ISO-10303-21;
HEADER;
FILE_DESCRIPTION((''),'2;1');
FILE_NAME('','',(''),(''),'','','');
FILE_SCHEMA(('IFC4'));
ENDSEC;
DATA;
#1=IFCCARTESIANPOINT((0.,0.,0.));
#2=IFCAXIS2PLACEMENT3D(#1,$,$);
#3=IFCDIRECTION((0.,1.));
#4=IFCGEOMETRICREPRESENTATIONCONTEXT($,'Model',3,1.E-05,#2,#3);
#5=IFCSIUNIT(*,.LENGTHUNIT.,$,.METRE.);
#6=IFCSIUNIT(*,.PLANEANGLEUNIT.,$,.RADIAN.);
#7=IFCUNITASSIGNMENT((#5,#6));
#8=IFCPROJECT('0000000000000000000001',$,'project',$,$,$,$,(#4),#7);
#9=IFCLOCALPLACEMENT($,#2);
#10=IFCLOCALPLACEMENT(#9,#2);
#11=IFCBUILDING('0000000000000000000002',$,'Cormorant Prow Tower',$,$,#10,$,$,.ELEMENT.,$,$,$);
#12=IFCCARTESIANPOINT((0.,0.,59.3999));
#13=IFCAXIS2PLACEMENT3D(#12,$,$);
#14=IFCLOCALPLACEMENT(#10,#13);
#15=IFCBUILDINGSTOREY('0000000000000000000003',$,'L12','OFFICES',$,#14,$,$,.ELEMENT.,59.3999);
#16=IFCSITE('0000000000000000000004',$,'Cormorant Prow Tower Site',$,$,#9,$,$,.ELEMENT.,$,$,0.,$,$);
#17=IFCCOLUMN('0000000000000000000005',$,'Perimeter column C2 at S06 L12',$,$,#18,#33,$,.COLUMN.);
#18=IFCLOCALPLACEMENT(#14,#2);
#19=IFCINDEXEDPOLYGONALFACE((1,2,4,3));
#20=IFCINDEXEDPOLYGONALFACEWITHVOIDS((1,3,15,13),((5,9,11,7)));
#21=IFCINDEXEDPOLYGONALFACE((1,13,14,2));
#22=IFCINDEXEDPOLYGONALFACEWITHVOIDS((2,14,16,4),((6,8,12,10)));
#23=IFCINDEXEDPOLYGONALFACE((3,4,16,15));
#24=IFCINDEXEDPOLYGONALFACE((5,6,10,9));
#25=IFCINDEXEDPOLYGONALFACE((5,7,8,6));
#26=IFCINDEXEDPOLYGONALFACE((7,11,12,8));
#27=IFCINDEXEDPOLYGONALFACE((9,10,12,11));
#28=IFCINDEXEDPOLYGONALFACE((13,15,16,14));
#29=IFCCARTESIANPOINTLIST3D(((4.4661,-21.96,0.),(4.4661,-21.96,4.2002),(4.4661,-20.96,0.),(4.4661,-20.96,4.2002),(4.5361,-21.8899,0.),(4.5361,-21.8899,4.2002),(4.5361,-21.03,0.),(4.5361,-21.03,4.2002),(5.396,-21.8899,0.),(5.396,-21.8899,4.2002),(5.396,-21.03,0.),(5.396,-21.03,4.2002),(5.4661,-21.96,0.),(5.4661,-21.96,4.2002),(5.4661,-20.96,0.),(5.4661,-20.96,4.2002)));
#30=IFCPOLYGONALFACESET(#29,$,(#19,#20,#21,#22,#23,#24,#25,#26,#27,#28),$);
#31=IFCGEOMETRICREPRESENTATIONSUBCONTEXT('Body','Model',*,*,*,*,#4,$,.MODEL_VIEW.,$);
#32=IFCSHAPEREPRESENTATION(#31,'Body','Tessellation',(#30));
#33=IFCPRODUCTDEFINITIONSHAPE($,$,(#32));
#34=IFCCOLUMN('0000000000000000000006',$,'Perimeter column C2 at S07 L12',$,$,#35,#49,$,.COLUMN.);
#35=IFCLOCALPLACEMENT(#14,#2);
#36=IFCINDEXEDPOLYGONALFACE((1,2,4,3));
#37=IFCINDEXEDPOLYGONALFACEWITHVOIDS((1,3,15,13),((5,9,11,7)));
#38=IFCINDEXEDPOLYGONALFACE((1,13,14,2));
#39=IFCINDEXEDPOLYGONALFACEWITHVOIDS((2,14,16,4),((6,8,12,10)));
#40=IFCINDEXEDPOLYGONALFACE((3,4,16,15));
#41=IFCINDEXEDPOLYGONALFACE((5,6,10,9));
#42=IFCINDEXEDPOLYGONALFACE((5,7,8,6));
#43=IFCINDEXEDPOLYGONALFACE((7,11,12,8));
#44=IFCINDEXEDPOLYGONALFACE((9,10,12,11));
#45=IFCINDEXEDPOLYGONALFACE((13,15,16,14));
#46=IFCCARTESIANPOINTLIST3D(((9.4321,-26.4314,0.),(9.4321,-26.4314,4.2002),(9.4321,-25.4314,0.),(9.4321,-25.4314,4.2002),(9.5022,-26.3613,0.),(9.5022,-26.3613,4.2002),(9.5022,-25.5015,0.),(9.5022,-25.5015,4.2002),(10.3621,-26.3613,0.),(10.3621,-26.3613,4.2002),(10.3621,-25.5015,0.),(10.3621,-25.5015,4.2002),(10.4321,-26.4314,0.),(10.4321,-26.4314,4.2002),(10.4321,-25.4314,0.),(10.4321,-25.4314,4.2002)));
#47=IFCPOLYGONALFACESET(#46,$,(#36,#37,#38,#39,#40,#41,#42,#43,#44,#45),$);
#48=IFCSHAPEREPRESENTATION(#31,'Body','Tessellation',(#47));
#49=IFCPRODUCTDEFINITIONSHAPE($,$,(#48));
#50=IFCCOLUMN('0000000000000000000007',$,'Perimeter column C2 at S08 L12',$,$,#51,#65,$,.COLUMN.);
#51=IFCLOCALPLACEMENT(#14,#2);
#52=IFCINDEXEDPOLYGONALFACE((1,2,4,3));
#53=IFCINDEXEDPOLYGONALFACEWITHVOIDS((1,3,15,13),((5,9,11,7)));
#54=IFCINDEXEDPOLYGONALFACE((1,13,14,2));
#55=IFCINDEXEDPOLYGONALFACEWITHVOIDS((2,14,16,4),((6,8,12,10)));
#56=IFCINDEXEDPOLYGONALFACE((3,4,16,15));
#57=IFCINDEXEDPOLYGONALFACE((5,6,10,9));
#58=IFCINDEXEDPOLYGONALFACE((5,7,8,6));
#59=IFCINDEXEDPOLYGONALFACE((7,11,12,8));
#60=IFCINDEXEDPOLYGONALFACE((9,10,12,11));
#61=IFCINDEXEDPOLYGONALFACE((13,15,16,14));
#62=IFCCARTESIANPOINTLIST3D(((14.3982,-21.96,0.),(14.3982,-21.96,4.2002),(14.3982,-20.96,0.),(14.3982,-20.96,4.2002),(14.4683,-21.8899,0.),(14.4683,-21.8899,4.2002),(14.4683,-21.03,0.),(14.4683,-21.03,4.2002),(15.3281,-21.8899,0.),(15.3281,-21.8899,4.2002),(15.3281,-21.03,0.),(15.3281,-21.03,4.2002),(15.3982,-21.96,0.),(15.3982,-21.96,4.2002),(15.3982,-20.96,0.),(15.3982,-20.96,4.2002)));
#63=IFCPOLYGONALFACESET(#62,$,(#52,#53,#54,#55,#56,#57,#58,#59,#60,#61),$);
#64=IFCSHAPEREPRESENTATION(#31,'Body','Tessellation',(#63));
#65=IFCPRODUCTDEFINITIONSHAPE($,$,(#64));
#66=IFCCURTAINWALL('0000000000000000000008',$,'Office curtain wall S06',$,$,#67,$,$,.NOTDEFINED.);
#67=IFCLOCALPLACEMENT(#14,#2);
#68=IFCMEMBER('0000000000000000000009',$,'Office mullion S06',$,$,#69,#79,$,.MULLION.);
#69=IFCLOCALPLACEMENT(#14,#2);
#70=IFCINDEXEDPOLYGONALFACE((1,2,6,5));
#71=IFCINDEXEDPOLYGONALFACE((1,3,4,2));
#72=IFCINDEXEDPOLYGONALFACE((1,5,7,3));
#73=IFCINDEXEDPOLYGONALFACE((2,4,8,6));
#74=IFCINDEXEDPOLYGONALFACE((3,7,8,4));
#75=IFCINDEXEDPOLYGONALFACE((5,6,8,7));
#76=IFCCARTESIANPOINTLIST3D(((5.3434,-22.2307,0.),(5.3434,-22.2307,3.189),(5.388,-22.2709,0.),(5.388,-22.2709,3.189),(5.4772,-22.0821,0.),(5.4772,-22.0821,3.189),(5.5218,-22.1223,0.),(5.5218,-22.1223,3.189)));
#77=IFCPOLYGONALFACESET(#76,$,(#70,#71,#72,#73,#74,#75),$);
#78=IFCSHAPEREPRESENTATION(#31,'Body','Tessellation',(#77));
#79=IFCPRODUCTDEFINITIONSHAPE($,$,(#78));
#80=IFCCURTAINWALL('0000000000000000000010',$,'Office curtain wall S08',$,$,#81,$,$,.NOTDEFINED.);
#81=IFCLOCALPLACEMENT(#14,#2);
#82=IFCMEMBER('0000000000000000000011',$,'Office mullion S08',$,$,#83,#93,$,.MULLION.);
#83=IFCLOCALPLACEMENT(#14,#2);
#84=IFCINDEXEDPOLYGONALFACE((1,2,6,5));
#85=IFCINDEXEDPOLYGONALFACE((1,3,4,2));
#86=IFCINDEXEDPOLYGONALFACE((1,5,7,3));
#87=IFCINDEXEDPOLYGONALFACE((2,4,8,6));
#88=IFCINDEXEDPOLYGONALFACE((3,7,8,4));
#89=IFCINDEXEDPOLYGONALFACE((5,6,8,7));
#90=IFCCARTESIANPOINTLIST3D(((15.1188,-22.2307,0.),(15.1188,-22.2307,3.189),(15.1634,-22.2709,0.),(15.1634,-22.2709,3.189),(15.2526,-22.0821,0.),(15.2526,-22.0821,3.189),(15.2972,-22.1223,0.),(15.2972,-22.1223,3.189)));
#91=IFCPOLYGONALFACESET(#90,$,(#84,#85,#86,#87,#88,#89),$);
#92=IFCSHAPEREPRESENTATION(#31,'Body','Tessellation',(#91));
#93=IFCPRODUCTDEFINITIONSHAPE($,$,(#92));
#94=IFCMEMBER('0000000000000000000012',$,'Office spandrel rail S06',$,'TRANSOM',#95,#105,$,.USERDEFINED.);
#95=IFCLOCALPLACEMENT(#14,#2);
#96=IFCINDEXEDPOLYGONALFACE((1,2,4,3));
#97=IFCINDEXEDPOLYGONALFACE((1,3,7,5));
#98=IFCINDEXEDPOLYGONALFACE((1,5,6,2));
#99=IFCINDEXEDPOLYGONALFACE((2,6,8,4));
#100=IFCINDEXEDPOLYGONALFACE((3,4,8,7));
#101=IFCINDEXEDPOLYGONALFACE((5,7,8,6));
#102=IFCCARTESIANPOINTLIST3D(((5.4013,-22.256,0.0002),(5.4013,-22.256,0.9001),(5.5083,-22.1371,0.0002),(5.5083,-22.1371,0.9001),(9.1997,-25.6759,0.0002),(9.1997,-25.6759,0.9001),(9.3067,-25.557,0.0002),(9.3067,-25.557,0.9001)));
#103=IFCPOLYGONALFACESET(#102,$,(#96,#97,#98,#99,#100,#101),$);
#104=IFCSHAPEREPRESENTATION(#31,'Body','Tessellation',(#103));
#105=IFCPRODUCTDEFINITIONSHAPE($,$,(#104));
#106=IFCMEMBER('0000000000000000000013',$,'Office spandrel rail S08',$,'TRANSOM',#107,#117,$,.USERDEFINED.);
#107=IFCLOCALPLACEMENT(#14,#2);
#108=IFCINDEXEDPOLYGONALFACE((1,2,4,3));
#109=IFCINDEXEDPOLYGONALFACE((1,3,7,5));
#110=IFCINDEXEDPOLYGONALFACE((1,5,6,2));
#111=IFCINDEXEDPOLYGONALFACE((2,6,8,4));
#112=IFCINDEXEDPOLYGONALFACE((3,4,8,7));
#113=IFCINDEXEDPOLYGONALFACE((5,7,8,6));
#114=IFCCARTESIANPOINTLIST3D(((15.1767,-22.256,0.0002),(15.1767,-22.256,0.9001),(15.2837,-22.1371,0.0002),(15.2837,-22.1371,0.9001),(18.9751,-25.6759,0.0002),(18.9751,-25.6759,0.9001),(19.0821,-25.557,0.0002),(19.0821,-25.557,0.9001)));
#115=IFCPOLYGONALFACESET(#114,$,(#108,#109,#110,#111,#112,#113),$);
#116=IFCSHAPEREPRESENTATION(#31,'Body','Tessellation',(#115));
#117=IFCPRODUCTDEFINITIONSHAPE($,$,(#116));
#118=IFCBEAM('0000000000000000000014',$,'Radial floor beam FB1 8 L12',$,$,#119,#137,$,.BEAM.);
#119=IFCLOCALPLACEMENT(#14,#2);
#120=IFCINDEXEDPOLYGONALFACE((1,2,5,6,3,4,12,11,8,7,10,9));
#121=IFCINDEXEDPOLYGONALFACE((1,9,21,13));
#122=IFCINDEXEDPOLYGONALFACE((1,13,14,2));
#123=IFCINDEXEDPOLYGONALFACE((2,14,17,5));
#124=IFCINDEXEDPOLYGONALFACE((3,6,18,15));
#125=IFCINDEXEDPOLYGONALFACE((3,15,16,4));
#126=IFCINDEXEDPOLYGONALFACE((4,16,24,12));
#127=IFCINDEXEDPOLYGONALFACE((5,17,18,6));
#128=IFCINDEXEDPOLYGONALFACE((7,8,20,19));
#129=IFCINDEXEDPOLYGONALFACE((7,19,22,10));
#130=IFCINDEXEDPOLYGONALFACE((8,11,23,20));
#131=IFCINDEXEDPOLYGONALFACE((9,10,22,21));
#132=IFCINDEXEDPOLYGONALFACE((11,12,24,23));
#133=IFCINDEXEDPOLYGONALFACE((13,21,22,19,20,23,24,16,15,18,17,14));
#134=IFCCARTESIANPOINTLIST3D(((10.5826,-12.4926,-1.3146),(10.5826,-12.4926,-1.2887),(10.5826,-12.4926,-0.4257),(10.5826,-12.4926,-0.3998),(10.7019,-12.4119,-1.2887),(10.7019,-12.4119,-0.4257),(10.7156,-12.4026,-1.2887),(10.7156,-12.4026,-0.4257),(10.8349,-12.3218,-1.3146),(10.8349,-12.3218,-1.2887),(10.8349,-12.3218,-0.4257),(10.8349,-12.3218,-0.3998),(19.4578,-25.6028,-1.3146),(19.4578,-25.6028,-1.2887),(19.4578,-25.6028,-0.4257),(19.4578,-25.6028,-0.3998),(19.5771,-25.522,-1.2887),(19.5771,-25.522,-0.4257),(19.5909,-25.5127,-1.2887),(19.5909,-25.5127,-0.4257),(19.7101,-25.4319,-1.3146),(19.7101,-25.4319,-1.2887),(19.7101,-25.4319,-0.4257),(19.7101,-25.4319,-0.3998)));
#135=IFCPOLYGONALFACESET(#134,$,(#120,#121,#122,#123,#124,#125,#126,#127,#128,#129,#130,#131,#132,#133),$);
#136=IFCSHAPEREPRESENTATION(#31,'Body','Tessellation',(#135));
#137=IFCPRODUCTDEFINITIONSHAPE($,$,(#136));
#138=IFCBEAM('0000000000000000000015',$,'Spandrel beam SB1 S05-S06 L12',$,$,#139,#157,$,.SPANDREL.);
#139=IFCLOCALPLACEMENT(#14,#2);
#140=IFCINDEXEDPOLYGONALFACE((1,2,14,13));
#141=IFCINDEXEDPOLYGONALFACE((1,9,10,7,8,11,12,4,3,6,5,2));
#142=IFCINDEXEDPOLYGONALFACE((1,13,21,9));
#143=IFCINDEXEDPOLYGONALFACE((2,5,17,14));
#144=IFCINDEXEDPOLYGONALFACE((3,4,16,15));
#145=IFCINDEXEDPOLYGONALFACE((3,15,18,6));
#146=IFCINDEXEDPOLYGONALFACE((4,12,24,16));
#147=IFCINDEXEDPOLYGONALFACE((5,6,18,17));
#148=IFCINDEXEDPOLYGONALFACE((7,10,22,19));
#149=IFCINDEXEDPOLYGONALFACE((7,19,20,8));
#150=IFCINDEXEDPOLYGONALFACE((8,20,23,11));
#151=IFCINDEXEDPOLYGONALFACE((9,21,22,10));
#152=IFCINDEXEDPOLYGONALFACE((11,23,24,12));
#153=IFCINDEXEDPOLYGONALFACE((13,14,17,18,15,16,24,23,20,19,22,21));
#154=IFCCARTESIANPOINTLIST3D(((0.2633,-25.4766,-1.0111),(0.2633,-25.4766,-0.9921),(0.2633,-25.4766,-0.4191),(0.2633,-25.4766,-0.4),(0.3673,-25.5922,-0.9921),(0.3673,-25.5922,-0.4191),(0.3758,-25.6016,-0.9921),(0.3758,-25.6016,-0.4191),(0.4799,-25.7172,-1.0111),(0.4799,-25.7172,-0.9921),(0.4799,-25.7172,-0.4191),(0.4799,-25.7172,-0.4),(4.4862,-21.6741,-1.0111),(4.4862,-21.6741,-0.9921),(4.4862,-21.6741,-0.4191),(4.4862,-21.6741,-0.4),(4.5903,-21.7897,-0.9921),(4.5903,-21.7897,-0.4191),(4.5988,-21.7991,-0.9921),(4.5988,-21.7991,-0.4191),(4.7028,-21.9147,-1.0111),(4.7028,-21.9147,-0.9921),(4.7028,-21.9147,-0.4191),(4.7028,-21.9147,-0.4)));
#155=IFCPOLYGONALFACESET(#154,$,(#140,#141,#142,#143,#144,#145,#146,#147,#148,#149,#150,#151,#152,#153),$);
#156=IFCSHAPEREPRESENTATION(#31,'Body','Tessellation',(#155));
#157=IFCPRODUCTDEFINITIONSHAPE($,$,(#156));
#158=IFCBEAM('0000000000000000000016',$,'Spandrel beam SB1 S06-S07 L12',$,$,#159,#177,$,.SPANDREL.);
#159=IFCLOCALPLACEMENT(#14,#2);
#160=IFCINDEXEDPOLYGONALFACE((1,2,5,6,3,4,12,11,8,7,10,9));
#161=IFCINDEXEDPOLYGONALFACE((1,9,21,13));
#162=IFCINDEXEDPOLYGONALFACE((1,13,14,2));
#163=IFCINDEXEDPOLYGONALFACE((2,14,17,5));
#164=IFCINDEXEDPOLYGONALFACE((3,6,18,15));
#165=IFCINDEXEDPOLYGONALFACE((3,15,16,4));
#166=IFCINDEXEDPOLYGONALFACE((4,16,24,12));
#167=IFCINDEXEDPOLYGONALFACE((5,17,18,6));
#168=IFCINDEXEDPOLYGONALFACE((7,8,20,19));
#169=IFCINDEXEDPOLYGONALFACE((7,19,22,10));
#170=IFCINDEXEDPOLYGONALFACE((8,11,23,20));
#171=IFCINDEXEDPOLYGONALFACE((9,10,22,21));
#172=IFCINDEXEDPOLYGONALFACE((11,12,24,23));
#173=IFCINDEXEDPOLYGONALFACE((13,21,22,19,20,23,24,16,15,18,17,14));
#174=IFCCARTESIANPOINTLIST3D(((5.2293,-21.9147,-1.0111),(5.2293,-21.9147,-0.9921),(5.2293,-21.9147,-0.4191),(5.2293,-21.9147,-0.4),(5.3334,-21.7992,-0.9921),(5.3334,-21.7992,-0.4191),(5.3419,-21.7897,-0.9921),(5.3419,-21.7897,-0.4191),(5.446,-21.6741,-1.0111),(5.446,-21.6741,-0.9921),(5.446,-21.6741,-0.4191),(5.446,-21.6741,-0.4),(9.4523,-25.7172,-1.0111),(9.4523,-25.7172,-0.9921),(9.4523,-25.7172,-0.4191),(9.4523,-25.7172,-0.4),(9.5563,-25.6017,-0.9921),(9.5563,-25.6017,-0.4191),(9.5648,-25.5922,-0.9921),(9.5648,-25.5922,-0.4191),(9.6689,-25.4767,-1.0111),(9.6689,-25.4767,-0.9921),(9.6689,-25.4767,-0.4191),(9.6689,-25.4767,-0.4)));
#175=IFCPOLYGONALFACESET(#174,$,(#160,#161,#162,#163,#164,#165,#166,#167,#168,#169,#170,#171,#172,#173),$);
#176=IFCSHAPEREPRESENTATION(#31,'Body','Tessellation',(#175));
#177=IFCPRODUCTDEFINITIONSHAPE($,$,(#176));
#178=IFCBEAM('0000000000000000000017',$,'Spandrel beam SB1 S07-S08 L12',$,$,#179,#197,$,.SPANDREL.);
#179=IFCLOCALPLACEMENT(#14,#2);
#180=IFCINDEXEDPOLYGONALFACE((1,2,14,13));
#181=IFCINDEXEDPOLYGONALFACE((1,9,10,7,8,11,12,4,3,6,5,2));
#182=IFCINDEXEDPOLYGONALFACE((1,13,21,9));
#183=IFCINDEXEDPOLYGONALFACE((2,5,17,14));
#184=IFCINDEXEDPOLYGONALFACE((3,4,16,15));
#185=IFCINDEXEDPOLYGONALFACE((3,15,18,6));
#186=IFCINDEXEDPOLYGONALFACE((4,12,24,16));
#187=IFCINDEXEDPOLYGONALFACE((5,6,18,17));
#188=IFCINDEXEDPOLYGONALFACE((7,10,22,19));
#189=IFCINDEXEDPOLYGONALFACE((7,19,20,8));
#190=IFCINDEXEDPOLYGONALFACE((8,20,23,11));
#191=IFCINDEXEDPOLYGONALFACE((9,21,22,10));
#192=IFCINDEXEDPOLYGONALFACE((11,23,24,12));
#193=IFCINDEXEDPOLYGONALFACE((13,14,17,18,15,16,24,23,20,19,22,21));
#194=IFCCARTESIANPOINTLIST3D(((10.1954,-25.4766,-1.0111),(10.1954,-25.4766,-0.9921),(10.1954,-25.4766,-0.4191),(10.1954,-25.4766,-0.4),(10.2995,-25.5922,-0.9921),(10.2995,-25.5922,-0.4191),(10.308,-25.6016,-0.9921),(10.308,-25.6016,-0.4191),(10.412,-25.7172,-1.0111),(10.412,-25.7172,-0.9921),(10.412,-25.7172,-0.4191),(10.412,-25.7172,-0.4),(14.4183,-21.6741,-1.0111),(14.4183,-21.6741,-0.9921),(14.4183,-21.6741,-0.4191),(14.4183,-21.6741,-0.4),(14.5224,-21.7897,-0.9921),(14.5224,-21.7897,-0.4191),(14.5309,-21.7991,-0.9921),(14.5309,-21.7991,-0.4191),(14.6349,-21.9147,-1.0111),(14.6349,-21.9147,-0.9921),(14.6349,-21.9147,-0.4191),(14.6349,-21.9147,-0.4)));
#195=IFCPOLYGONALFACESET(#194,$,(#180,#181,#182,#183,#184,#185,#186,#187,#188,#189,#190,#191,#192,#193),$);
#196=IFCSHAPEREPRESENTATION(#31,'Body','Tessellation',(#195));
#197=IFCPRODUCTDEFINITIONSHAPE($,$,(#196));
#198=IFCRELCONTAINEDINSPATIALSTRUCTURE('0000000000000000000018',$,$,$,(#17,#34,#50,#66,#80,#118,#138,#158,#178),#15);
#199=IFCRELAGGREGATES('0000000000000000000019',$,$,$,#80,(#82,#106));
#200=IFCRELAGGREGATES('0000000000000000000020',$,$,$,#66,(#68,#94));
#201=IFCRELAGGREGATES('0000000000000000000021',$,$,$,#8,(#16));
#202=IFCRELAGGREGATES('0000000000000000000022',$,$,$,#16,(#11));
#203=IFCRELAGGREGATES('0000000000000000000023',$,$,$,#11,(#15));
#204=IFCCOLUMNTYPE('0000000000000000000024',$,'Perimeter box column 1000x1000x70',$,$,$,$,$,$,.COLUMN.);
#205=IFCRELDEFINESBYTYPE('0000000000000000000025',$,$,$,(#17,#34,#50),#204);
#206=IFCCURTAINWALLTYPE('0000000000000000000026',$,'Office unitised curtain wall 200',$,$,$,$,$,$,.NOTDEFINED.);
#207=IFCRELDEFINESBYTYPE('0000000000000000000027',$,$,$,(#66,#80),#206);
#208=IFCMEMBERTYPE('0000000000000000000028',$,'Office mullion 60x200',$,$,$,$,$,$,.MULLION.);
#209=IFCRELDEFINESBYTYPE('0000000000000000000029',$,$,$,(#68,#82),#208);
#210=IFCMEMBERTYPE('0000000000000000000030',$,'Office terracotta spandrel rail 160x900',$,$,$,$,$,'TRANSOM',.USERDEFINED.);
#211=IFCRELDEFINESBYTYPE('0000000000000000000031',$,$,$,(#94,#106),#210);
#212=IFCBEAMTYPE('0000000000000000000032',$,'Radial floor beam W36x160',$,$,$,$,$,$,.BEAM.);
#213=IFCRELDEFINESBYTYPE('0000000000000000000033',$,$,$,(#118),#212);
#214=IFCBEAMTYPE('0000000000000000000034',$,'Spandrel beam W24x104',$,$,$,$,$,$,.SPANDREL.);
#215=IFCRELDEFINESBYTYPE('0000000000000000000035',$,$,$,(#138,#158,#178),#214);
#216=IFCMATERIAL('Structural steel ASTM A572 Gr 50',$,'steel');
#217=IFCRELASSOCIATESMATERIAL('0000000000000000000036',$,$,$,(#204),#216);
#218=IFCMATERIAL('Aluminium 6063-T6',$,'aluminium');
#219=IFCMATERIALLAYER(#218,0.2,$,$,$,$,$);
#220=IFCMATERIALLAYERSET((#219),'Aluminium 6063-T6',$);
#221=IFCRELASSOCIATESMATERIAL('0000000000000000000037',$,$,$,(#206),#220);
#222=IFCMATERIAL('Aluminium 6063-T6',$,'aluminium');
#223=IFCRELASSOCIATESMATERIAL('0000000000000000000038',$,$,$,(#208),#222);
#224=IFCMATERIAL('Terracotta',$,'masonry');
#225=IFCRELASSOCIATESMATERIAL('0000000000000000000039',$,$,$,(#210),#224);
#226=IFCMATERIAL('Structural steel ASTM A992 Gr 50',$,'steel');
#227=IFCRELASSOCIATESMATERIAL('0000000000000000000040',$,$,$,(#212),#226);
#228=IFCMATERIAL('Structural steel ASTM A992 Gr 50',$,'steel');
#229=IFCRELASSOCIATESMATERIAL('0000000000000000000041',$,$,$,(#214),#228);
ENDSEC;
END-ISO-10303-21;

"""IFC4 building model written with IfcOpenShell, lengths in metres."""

from ifc_helpers import new_model, si_unit, direction, frame, origin, origin_2d, place, context, subcontext, project, spatial, rectangle, hollow_rectangle, i_section, extrude, material, layer, layer_set, material_profile, profile_set, type_object, element, aggregate, save


model = new_model("IFC4")

# Units and contexts
model_context = context("Model", 3, precision=1e-05, world=origin(), true_north=direction((0.0, 1.0)))
body_context = subcontext(model_context, "Body", "Model", "MODEL_VIEW")
ifc_project = project(units=[si_unit("LENGTHUNIT", "METRE"), si_unit("PLANEANGLEUNIT", "RADIAN")], contexts=[model_context])

# Site, building, storey
site_placement = place(None, origin())
site = spatial("IfcSite", under=ifc_project, at=site_placement, Name="Cormorant Prow Tower Site", CompositionType="ELEMENT", RefElevation=0.0)
building_placement = place(site_placement, origin())
building = spatial("IfcBuilding", under=site, at=building_placement, Name="Cormorant Prow Tower", CompositionType="ELEMENT")
storey_placement = place(building_placement, frame((0.0, 0.0, 59.3999)))
storey = spatial("IfcBuildingStorey", under=building, at=storey_placement, Name="L12", Description="OFFICES", CompositionType="ELEMENT", Elevation=59.3999)

# Columns
ifc_material_1 = material(Name="Structural steel ASTM A572 Gr 50", Category="steel")
ifc_material_profile_1 = material_profile(ifc_material_1, hollow_rectangle(XDim=1.0, YDim=1.0, WallThickness=0.0701, at=origin_2d()), Name="Box 1000x1000x70")
ifc_profile_set_1 = profile_set([ifc_material_profile_1], Name="Structural steel ASTM A572 Gr 50")
column_type = type_object("IfcColumnType", Name="Perimeter box column 1000x1000x70", PredefinedType="COLUMN", material=ifc_profile_set_1)
for number, where, z_axis, x_axis, name in (
    (1, (4.9661, -21.46, 0.0), (0.0, 0.0, 1.0), (1.0, 0.0, 0.0), "Perimeter column C2 at S06 L12"),
    (2, (9.9321, -25.9314, 0.0), (0.0, 0.0, 1.0), (1.0, 0.0, 0.0), "Perimeter column C2 at S07 L12"),
    (3, (14.8982, -21.46, 0.0), (0.0, 0.0, 1.0), (1.0, 0.0, 0.0), "Perimeter column C2 at S08 L12"),
):
    element("IfcColumn", number, at=place(storey_placement, frame(where, z_axis=z_axis, x_axis=x_axis)), inside=storey, type_object=column_type, Name=name, PredefinedType="COLUMN", context=body_context, shape_type="SweptSolid", body=[
        extrude(hollow_rectangle(XDim=1.0, YDim=1.0, WallThickness=0.0701, at=origin_2d()), origin(), (0.0, 0.0, 1.0), 4.2002),
    ])

# Curtain walls, members
ifc_material_2 = material(Name="Aluminium 6063-T6", Category="aluminium")
ifc_layer_1 = layer(ifc_material_2, 0.2)
ifc_layer_set_1 = layer_set([ifc_layer_1], Name="Aluminium 6063-T6")
curtain_wall_type = type_object("IfcCurtainWallType", Name="Office unitised curtain wall 200", PredefinedType="NOTDEFINED", material=ifc_layer_set_1)
curtain_wall_1_placement = place(storey_placement, origin())
curtain_wall_1 = element("IfcCurtainWall", 4, at=curtain_wall_1_placement, inside=storey, type_object=curtain_wall_type, Name="Office curtain wall S06", PredefinedType="NOTDEFINED")
ifc_material_3 = material(Name="Aluminium 6063-T6", Category="aluminium")
ifc_material_profile_2 = material_profile(ifc_material_3, rectangle(XDim=0.2, YDim=0.0601, at=origin_2d()), Name="Office mullion 60x200")
ifc_profile_set_2 = profile_set([ifc_material_profile_2], Name="Aluminium 6063-T6")
member_type_1 = type_object("IfcMemberType", Name="Office mullion 60x200", PredefinedType="MULLION", material=ifc_profile_set_2)
member_1_placement = place(storey_placement, frame((5.4326, -22.1765, 0.0), z_axis=(0.0, 0.0, 1.0), x_axis=(0.669131, 0.743145, 0.0)))
member_1 = element("IfcMember", 5, at=member_1_placement, type_object=member_type_1, Name="Office mullion S06", PredefinedType="MULLION", context=body_context, shape_type="SweptSolid", body=[
    extrude(rectangle(XDim=0.2, YDim=0.0601, at=origin_2d()), origin(), (0.0, 0.0, 1.0), 3.189),
])
curtain_wall_2_placement = place(storey_placement, origin())
curtain_wall_2 = element("IfcCurtainWall", 6, at=curtain_wall_2_placement, inside=storey, type_object=curtain_wall_type, Name="Office curtain wall S08", PredefinedType="NOTDEFINED")
member_2_placement = place(storey_placement, frame((15.208, -22.1765, 0.0), z_axis=(0.0, 0.0, 1.0), x_axis=(0.669131, 0.743145, 0.0)))
member_2 = element("IfcMember", 7, at=member_2_placement, type_object=member_type_1, Name="Office mullion S08", PredefinedType="MULLION", context=body_context, shape_type="SweptSolid", body=[
    extrude(rectangle(XDim=0.2, YDim=0.0601, at=origin_2d()), origin(), (0.0, 0.0, 1.0), 3.189),
])

# Members
ifc_material_4 = material(Name="Terracotta", Category="masonry")
ifc_material_profile_3 = material_profile(ifc_material_4, rectangle(XDim=0.1599, YDim=0.8999, at=origin_2d()), Name="Office terracotta spandrel rail 160x900")
ifc_profile_set_3 = profile_set([ifc_material_profile_3], Name="Terracotta")
member_type_2 = type_object("IfcMemberType", Name="Office terracotta spandrel rail 160x900", ElementType="TRANSOM", PredefinedType="USERDEFINED", material=ifc_profile_set_3)
member_3_placement = place(storey_placement, frame((5.4548, -22.1965, 0.4502), z_axis=(0.743156, -0.669118, 0.0), x_axis=(0.669118, 0.743156, 0.0)))
member_3 = element("IfcMember", 8, at=member_3_placement, type_object=member_type_2, Name="Office spandrel rail S06", ObjectType="TRANSOM", PredefinedType="USERDEFINED", context=body_context, shape_type="SweptSolid", body=[
    extrude(rectangle(XDim=0.1599, YDim=0.8999, at=origin_2d()), origin(), (0.0, 0.0, 1.0), 5.1111),
])
member_4_placement = place(storey_placement, frame((15.2302, -22.1965, 0.4502), z_axis=(0.743156, -0.669118, 0.0), x_axis=(0.669118, 0.743156, 0.0)))
member_4 = element("IfcMember", 9, at=member_4_placement, type_object=member_type_2, Name="Office spandrel rail S08", ObjectType="TRANSOM", PredefinedType="USERDEFINED", context=body_context, shape_type="SweptSolid", body=[
    extrude(rectangle(XDim=0.1599, YDim=0.8999, at=origin_2d()), origin(), (0.0, 0.0, 1.0), 5.1111),
])
aggregate(curtain_wall_2, [member_2, member_4])

# Beams
ifc_material_5 = material(Name="Structural steel ASTM A992 Gr 50", Category="steel")
ifc_material_profile_4 = material_profile(ifc_material_5, i_section(OverallWidth=0.3047, OverallDepth=0.9148, WebThickness=0.0166, FlangeThickness=0.0259, at=origin_2d()), Name="W36x160")
ifc_profile_set_4 = profile_set([ifc_material_profile_4], Name="Structural steel ASTM A992 Gr 50")
beam_type_1 = type_object("IfcBeamType", Name="Radial floor beam W36x160", PredefinedType="BEAM", material=ifc_profile_set_4)
beam_placement = place(storey_placement, frame((10.7087, -12.4072, -0.8572), z_axis=(0.560597, -0.828089, 0.0), x_axis=(0.828089, 0.560597, 0.0)))
element("IfcBeam", 10, at=beam_placement, inside=storey, type_object=beam_type_1, Name="Radial floor beam FB1 8 L12", PredefinedType="BEAM", context=body_context, shape_type="SweptSolid", body=[
    extrude(i_section(OverallWidth=0.3047, OverallDepth=0.9148, WebThickness=0.0166, FlangeThickness=0.0259, at=origin_2d()), origin(), (0.0, 0.0, 1.0), 15.8318),
])
ifc_material_6 = material(Name="Structural steel ASTM A992 Gr 50", Category="steel")
ifc_material_profile_5 = material_profile(ifc_material_6, i_section(OverallWidth=0.3237, OverallDepth=0.6111, WebThickness=0.0127, FlangeThickness=0.019, at=origin_2d()), Name="W24x104")
ifc_profile_set_5 = profile_set([ifc_material_profile_5], Name="Structural steel ASTM A992 Gr 50")
beam_type_2 = type_object("IfcBeamType", Name="Spandrel beam W24x104", PredefinedType="SPANDREL", material=ifc_profile_set_5)
for number, where, z_axis, x_axis, name in (
    (11, (0.3716, -25.5969, -0.7056), (0.74313, 0.669147, 0.0), (-0.669147, 0.74313, 0.0), "Spandrel beam SB1 S05-S06 L12"),
    (12, (5.3376, -21.7944, -0.7056), (0.74313, -0.669147, 0.0), (0.669147, 0.74313, 0.0), "Spandrel beam SB1 S06-S07 L12"),
    (13, (10.3037, -25.5969, -0.7056), (0.74313, 0.669147, 0.0), (-0.669147, 0.74313, 0.0), "Spandrel beam SB1 S07-S08 L12"),
):
    element("IfcBeam", number, at=place(storey_placement, frame(where, z_axis=z_axis, x_axis=x_axis)), inside=storey, type_object=beam_type_2, Name=name, PredefinedType="SPANDREL", context=body_context, shape_type="SweptSolid", body=[
        extrude(i_section(OverallWidth=0.3237, OverallDepth=0.6111, WebThickness=0.0127, FlangeThickness=0.019, at=origin_2d()), origin(), (0.0, 0.0, 1.0), 5.6826),
    ])

aggregate(curtain_wall_1, [member_1, member_3])

save(model, "model.ifc")
